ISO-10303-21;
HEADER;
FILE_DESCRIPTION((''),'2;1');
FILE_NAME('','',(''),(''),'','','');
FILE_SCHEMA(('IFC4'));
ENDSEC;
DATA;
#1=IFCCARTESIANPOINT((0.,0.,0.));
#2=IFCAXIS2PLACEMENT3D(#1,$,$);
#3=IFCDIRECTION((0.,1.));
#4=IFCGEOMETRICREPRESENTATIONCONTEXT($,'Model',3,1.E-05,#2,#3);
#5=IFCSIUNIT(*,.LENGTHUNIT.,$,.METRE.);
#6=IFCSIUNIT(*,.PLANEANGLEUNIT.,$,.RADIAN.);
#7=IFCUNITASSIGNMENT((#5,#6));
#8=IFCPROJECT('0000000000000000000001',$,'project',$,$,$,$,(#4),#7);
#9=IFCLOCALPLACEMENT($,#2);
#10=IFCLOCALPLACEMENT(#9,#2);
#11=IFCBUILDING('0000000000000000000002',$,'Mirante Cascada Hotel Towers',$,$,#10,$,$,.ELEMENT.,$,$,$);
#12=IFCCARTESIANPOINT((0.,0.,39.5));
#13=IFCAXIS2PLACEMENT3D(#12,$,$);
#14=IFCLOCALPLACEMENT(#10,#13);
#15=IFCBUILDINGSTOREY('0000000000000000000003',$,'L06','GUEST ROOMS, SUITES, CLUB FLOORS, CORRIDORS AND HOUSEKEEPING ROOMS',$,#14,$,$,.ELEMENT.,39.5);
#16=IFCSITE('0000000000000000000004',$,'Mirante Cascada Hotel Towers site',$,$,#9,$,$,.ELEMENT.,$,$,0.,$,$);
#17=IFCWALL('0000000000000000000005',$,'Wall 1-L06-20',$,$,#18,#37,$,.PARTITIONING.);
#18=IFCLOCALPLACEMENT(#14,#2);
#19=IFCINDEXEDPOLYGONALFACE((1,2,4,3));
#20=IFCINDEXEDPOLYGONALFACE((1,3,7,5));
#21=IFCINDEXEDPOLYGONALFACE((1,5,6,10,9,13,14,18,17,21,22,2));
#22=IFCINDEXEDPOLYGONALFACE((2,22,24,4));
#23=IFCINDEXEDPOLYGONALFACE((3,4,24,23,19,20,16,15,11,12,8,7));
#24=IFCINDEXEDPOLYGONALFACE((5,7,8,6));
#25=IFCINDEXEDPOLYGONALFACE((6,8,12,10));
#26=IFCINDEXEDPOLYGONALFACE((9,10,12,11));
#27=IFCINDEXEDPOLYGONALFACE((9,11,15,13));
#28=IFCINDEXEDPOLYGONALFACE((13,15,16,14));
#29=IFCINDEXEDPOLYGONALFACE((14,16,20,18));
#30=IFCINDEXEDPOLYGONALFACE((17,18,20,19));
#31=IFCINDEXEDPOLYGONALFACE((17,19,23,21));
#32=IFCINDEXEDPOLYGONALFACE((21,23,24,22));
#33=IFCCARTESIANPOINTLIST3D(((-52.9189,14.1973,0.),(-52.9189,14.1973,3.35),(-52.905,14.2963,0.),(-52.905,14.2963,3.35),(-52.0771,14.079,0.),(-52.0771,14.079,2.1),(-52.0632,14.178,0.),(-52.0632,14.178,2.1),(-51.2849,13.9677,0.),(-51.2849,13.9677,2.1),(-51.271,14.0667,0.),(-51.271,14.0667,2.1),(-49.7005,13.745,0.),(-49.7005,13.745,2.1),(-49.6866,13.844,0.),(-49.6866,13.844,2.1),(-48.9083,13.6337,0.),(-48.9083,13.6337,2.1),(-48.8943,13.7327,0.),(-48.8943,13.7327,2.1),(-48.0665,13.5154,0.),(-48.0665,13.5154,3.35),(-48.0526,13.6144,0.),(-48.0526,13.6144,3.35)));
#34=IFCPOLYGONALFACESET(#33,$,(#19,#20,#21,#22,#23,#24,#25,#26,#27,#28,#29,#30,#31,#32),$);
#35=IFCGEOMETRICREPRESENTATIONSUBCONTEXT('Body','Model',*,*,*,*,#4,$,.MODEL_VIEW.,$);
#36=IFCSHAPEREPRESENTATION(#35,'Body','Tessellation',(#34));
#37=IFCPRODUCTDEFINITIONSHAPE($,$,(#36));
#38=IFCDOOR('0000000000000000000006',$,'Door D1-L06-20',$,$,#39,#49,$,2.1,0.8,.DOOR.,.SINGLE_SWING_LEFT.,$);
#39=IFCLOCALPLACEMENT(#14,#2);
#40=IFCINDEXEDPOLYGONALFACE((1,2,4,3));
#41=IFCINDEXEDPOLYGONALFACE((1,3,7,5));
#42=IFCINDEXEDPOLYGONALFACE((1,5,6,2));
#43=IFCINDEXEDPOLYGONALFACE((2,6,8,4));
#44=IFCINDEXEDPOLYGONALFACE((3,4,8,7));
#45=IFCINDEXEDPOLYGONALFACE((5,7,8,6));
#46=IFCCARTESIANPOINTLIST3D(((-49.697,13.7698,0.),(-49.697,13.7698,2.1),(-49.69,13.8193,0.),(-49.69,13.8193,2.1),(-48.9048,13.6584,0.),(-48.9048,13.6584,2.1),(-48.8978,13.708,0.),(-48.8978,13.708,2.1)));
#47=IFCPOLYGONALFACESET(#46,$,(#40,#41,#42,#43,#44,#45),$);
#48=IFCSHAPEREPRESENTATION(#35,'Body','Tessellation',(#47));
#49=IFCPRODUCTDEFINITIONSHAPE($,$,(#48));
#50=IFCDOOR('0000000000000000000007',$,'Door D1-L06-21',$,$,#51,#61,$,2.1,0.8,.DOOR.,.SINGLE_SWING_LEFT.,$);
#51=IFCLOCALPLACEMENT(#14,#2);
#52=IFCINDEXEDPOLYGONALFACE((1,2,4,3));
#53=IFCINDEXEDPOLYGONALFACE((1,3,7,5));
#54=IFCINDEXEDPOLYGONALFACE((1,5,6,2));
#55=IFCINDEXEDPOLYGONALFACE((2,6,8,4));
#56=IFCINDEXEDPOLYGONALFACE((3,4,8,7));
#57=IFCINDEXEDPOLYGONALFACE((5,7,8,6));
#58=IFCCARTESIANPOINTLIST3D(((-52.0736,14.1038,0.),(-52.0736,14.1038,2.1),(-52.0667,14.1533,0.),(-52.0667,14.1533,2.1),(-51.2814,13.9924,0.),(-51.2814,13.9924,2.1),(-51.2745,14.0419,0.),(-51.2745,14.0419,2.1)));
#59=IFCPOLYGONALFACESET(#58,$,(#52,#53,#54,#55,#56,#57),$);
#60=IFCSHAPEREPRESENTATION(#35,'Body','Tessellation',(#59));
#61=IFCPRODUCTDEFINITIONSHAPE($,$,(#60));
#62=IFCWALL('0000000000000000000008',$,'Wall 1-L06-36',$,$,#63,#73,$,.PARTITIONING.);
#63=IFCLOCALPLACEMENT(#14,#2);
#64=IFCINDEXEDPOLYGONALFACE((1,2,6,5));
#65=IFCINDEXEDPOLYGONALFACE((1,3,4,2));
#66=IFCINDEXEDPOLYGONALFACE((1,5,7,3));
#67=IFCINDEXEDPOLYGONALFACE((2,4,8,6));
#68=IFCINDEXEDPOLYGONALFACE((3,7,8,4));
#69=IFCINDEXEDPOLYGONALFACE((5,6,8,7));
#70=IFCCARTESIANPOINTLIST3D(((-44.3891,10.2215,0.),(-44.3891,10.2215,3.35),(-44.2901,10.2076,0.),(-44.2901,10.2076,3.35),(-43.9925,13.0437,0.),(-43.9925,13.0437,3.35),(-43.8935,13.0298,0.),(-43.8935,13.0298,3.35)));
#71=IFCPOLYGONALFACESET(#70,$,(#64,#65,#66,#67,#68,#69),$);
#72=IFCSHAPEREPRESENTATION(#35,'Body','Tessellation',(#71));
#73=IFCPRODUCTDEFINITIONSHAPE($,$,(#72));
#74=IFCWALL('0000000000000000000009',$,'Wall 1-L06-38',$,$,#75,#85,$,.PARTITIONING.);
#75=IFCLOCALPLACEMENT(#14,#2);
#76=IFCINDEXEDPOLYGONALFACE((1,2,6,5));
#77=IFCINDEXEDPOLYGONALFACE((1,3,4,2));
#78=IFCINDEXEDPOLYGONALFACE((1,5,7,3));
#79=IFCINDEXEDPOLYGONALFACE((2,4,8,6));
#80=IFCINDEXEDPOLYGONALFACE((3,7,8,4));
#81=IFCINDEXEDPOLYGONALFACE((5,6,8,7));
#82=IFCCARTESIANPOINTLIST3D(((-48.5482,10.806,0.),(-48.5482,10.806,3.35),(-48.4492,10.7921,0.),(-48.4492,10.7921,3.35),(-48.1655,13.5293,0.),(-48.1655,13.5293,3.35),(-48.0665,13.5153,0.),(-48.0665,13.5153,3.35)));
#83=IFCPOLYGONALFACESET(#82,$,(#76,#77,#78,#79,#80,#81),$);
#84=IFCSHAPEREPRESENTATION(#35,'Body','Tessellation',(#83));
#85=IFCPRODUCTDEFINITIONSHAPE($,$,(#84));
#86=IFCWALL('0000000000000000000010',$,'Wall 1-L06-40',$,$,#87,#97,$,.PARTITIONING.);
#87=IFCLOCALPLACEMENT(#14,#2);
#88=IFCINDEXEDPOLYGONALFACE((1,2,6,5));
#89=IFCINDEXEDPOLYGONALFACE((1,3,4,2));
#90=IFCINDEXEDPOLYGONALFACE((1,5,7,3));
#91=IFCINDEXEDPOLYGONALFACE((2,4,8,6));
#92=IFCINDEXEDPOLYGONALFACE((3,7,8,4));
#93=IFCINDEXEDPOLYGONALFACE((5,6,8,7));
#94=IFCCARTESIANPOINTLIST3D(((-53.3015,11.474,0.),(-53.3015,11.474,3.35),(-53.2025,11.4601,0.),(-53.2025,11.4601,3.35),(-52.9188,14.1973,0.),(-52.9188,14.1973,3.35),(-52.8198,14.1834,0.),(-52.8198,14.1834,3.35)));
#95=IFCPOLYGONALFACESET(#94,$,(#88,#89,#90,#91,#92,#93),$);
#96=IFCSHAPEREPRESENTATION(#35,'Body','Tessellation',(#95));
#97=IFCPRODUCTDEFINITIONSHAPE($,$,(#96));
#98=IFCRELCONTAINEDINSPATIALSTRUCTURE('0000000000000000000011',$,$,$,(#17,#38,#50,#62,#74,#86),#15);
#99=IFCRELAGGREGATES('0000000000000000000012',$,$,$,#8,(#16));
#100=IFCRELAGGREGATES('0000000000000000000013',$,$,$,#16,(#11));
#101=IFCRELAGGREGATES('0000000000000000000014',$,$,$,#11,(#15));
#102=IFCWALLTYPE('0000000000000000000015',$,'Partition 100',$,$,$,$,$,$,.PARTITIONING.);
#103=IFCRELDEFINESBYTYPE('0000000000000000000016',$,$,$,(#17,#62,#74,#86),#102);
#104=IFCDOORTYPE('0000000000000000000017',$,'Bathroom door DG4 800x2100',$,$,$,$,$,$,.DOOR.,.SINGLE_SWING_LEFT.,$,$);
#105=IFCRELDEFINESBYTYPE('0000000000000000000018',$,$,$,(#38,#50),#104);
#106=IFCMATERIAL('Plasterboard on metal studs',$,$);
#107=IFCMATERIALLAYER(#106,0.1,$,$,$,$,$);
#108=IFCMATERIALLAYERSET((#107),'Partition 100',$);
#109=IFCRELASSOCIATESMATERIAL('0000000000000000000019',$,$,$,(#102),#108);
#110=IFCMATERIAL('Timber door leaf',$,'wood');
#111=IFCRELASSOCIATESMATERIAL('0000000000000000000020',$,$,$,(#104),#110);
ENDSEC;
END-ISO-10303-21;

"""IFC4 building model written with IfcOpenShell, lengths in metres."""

from ifc_helpers import new_model, si_unit, direction, frame, frame_2d, origin, place, context, subcontext, project, spatial, rectangle, extrude, material, layer, layer_set, type_object, element, fill, save


model = new_model("IFC4")

# Units and contexts
model_context = context("Model", 3, precision=1e-05, world=origin(), true_north=direction((0.0, 1.0)))
body_context = subcontext(model_context, "Body", "Model", "MODEL_VIEW")
ifc_project = project(units=[si_unit("LENGTHUNIT", "METRE"), si_unit("PLANEANGLEUNIT", "RADIAN")], contexts=[model_context])

# Site, building, storey
site_placement = place(None, origin())
site = spatial("IfcSite", under=ifc_project, at=site_placement, Name="Mirante Cascada Hotel Towers site", CompositionType="ELEMENT", RefElevation=0.0)
building_placement = place(site_placement, origin())
building = spatial("IfcBuilding", under=site, at=building_placement, Name="Mirante Cascada Hotel Towers", CompositionType="ELEMENT")
storey_placement = place(building_placement, frame((0.0, 0.0, 39.5)))
storey = spatial("IfcBuildingStorey", under=building, at=storey_placement, Name="L06", Description="GUEST ROOMS, SUITES, CLUB FLOORS, CORRIDORS AND HOUSEKEEPING ROOMS", CompositionType="ELEMENT", Elevation=39.5)

# Shared definitions
ifc_material_1 = material(Name="Plasterboard on metal studs")
ifc_layer_1 = layer(ifc_material_1, 0.1)
ifc_layer_set_1 = layer_set([ifc_layer_1], Name="Partition 100")
wall_type_1 = type_object("IfcWallType", Name="Partition 100", PredefinedType="PARTITIONING", material=ifc_layer_set_1)
ifc_material_2 = material(Name="Timber door leaf", Category="wood")
door_type = type_object("IfcDoorType", Name="Bathroom door DG4 800x2100", OperationType="SINGLE_SWING_LEFT", PredefinedType="DOOR", material=ifc_material_2)

# Wall, openings, doors
wall_1_placement = place(storey_placement, frame((-52.9119, 14.2468, 0.0), z_axis=(0.0, 0.0, 1.0), x_axis=(0.99027, -0.139161, 0.0)))
wall_1 = element("IfcWall", 1, at=wall_1_placement, inside=storey, type_object=wall_type_1, Name="Wall 1-L06-20", PredefinedType="PARTITIONING", context=body_context, shape_type="SweptSolid", body=[
    extrude(rectangle(XDim=4.9001, YDim=0.1, at=frame_2d((2.45, 0.0))), origin(), (0.0, 0.0, 1.0), 3.35),
])
opening_1_placement = place(wall_1_placement, frame((3.25, 0.0, 0.0)))
opening_1 = element("IfcOpeningElement", 2, at=opening_1_placement, cuts=wall_1, PredefinedType="OPENING", context=body_context, shape_type="SweptSolid", body=[
    extrude(rectangle(XDim=0.8, YDim=2.1, at=frame_2d((0.4, 1.05))), frame((0.0, 0.05, 0.0), z_axis=(0.0, -1.0, 0.0), x_axis=(1.0, 0.0, 0.0)), (0.0, 0.0, 1.0), 0.1),
])
opening_2_placement = place(wall_1_placement, frame((0.85, 0.0, 0.0)))
opening_2 = element("IfcOpeningElement", 3, at=opening_2_placement, cuts=wall_1, PredefinedType="OPENING", context=body_context, shape_type="SweptSolid", body=[
    extrude(rectangle(XDim=0.8, YDim=2.1, at=frame_2d((0.4, 1.05))), frame((0.0, 0.05, 0.0), z_axis=(0.0, -1.0, 0.0), x_axis=(1.0, 0.0, 0.0)), (0.0, 0.0, 1.0), 0.1),
])
door_1_placement = place(opening_1_placement, origin())
door_1 = element("IfcDoor", 4, at=door_1_placement, inside=storey, type_object=door_type, Name="Door D1-L06-20", OperationType="SINGLE_SWING_LEFT", OverallHeight=2.1, OverallWidth=0.8, PredefinedType="DOOR", context=body_context, shape_type="SweptSolid", body=[
    extrude(rectangle(XDim=0.8, YDim=2.1, at=frame_2d((0.4, 1.05))), frame((0.0, 0.025, 0.0), z_axis=(0.0, -1.0, 0.0), x_axis=(1.0, 0.0, 0.0)), (0.0, 0.0, 1.0), 0.05),
])
fill(opening_1, door_1)
door_2_placement = place(opening_2_placement, origin())
door_2 = element("IfcDoor", 5, at=door_2_placement, inside=storey, type_object=door_type, Name="Door D1-L06-21", OperationType="SINGLE_SWING_LEFT", OverallHeight=2.1, OverallWidth=0.8, PredefinedType="DOOR", context=body_context, shape_type="SweptSolid", body=[
    extrude(rectangle(XDim=0.8, YDim=2.1, at=frame_2d((0.4, 1.05))), frame((0.0, 0.025, 0.0), z_axis=(0.0, -1.0, 0.0), x_axis=(1.0, 0.0, 0.0)), (0.0, 0.0, 1.0), 0.05),
])
fill(opening_2, door_2)

# Walls
wall_2_placement = place(storey_placement, frame((-43.943, 13.0368, 0.0), z_axis=(0.0, 0.0, 1.0), x_axis=(-0.139161, -0.99027, 0.0)))
element("IfcWall", 6, at=wall_2_placement, inside=storey, type_object=wall_type_1, Name="Wall 1-L06-36", PredefinedType="PARTITIONING", context=body_context, shape_type="SweptSolid", body=[
    extrude(rectangle(XDim=2.8499, YDim=0.1, at=frame_2d((1.425, 0.0))), origin(), (0.0, 0.0, 1.0), 3.35),
])
wall_3_placement = place(storey_placement, frame((-48.116, 13.5223, 0.0), z_axis=(0.0, 0.0, 1.0), x_axis=(-0.139166, -0.990269, 0.0)))
element("IfcWall", 7, at=wall_3_placement, inside=storey, type_object=wall_type_1, Name="Wall 1-L06-38", PredefinedType="PARTITIONING", context=body_context, shape_type="SweptSolid", body=[
    extrude(rectangle(XDim=2.75, YDim=0.1, at=frame_2d((1.375, 0.0))), origin(), (0.0, 0.0, 1.0), 3.35),
])
wall_4_placement = place(storey_placement, frame((-52.8693, 14.1904, 0.0), z_axis=(0.0, 0.0, 1.0), x_axis=(-0.139161, -0.99027, 0.0)))
element("IfcWall", 8, at=wall_4_placement, inside=storey, type_object=wall_type_1, Name="Wall 1-L06-40", PredefinedType="PARTITIONING", context=body_context, shape_type="SweptSolid", body=[
    extrude(rectangle(XDim=2.7501, YDim=0.1, at=frame_2d((1.3751, 0.0))), origin(), (0.0, 0.0, 1.0), 3.35),
])

save(model, "model.ifc")
